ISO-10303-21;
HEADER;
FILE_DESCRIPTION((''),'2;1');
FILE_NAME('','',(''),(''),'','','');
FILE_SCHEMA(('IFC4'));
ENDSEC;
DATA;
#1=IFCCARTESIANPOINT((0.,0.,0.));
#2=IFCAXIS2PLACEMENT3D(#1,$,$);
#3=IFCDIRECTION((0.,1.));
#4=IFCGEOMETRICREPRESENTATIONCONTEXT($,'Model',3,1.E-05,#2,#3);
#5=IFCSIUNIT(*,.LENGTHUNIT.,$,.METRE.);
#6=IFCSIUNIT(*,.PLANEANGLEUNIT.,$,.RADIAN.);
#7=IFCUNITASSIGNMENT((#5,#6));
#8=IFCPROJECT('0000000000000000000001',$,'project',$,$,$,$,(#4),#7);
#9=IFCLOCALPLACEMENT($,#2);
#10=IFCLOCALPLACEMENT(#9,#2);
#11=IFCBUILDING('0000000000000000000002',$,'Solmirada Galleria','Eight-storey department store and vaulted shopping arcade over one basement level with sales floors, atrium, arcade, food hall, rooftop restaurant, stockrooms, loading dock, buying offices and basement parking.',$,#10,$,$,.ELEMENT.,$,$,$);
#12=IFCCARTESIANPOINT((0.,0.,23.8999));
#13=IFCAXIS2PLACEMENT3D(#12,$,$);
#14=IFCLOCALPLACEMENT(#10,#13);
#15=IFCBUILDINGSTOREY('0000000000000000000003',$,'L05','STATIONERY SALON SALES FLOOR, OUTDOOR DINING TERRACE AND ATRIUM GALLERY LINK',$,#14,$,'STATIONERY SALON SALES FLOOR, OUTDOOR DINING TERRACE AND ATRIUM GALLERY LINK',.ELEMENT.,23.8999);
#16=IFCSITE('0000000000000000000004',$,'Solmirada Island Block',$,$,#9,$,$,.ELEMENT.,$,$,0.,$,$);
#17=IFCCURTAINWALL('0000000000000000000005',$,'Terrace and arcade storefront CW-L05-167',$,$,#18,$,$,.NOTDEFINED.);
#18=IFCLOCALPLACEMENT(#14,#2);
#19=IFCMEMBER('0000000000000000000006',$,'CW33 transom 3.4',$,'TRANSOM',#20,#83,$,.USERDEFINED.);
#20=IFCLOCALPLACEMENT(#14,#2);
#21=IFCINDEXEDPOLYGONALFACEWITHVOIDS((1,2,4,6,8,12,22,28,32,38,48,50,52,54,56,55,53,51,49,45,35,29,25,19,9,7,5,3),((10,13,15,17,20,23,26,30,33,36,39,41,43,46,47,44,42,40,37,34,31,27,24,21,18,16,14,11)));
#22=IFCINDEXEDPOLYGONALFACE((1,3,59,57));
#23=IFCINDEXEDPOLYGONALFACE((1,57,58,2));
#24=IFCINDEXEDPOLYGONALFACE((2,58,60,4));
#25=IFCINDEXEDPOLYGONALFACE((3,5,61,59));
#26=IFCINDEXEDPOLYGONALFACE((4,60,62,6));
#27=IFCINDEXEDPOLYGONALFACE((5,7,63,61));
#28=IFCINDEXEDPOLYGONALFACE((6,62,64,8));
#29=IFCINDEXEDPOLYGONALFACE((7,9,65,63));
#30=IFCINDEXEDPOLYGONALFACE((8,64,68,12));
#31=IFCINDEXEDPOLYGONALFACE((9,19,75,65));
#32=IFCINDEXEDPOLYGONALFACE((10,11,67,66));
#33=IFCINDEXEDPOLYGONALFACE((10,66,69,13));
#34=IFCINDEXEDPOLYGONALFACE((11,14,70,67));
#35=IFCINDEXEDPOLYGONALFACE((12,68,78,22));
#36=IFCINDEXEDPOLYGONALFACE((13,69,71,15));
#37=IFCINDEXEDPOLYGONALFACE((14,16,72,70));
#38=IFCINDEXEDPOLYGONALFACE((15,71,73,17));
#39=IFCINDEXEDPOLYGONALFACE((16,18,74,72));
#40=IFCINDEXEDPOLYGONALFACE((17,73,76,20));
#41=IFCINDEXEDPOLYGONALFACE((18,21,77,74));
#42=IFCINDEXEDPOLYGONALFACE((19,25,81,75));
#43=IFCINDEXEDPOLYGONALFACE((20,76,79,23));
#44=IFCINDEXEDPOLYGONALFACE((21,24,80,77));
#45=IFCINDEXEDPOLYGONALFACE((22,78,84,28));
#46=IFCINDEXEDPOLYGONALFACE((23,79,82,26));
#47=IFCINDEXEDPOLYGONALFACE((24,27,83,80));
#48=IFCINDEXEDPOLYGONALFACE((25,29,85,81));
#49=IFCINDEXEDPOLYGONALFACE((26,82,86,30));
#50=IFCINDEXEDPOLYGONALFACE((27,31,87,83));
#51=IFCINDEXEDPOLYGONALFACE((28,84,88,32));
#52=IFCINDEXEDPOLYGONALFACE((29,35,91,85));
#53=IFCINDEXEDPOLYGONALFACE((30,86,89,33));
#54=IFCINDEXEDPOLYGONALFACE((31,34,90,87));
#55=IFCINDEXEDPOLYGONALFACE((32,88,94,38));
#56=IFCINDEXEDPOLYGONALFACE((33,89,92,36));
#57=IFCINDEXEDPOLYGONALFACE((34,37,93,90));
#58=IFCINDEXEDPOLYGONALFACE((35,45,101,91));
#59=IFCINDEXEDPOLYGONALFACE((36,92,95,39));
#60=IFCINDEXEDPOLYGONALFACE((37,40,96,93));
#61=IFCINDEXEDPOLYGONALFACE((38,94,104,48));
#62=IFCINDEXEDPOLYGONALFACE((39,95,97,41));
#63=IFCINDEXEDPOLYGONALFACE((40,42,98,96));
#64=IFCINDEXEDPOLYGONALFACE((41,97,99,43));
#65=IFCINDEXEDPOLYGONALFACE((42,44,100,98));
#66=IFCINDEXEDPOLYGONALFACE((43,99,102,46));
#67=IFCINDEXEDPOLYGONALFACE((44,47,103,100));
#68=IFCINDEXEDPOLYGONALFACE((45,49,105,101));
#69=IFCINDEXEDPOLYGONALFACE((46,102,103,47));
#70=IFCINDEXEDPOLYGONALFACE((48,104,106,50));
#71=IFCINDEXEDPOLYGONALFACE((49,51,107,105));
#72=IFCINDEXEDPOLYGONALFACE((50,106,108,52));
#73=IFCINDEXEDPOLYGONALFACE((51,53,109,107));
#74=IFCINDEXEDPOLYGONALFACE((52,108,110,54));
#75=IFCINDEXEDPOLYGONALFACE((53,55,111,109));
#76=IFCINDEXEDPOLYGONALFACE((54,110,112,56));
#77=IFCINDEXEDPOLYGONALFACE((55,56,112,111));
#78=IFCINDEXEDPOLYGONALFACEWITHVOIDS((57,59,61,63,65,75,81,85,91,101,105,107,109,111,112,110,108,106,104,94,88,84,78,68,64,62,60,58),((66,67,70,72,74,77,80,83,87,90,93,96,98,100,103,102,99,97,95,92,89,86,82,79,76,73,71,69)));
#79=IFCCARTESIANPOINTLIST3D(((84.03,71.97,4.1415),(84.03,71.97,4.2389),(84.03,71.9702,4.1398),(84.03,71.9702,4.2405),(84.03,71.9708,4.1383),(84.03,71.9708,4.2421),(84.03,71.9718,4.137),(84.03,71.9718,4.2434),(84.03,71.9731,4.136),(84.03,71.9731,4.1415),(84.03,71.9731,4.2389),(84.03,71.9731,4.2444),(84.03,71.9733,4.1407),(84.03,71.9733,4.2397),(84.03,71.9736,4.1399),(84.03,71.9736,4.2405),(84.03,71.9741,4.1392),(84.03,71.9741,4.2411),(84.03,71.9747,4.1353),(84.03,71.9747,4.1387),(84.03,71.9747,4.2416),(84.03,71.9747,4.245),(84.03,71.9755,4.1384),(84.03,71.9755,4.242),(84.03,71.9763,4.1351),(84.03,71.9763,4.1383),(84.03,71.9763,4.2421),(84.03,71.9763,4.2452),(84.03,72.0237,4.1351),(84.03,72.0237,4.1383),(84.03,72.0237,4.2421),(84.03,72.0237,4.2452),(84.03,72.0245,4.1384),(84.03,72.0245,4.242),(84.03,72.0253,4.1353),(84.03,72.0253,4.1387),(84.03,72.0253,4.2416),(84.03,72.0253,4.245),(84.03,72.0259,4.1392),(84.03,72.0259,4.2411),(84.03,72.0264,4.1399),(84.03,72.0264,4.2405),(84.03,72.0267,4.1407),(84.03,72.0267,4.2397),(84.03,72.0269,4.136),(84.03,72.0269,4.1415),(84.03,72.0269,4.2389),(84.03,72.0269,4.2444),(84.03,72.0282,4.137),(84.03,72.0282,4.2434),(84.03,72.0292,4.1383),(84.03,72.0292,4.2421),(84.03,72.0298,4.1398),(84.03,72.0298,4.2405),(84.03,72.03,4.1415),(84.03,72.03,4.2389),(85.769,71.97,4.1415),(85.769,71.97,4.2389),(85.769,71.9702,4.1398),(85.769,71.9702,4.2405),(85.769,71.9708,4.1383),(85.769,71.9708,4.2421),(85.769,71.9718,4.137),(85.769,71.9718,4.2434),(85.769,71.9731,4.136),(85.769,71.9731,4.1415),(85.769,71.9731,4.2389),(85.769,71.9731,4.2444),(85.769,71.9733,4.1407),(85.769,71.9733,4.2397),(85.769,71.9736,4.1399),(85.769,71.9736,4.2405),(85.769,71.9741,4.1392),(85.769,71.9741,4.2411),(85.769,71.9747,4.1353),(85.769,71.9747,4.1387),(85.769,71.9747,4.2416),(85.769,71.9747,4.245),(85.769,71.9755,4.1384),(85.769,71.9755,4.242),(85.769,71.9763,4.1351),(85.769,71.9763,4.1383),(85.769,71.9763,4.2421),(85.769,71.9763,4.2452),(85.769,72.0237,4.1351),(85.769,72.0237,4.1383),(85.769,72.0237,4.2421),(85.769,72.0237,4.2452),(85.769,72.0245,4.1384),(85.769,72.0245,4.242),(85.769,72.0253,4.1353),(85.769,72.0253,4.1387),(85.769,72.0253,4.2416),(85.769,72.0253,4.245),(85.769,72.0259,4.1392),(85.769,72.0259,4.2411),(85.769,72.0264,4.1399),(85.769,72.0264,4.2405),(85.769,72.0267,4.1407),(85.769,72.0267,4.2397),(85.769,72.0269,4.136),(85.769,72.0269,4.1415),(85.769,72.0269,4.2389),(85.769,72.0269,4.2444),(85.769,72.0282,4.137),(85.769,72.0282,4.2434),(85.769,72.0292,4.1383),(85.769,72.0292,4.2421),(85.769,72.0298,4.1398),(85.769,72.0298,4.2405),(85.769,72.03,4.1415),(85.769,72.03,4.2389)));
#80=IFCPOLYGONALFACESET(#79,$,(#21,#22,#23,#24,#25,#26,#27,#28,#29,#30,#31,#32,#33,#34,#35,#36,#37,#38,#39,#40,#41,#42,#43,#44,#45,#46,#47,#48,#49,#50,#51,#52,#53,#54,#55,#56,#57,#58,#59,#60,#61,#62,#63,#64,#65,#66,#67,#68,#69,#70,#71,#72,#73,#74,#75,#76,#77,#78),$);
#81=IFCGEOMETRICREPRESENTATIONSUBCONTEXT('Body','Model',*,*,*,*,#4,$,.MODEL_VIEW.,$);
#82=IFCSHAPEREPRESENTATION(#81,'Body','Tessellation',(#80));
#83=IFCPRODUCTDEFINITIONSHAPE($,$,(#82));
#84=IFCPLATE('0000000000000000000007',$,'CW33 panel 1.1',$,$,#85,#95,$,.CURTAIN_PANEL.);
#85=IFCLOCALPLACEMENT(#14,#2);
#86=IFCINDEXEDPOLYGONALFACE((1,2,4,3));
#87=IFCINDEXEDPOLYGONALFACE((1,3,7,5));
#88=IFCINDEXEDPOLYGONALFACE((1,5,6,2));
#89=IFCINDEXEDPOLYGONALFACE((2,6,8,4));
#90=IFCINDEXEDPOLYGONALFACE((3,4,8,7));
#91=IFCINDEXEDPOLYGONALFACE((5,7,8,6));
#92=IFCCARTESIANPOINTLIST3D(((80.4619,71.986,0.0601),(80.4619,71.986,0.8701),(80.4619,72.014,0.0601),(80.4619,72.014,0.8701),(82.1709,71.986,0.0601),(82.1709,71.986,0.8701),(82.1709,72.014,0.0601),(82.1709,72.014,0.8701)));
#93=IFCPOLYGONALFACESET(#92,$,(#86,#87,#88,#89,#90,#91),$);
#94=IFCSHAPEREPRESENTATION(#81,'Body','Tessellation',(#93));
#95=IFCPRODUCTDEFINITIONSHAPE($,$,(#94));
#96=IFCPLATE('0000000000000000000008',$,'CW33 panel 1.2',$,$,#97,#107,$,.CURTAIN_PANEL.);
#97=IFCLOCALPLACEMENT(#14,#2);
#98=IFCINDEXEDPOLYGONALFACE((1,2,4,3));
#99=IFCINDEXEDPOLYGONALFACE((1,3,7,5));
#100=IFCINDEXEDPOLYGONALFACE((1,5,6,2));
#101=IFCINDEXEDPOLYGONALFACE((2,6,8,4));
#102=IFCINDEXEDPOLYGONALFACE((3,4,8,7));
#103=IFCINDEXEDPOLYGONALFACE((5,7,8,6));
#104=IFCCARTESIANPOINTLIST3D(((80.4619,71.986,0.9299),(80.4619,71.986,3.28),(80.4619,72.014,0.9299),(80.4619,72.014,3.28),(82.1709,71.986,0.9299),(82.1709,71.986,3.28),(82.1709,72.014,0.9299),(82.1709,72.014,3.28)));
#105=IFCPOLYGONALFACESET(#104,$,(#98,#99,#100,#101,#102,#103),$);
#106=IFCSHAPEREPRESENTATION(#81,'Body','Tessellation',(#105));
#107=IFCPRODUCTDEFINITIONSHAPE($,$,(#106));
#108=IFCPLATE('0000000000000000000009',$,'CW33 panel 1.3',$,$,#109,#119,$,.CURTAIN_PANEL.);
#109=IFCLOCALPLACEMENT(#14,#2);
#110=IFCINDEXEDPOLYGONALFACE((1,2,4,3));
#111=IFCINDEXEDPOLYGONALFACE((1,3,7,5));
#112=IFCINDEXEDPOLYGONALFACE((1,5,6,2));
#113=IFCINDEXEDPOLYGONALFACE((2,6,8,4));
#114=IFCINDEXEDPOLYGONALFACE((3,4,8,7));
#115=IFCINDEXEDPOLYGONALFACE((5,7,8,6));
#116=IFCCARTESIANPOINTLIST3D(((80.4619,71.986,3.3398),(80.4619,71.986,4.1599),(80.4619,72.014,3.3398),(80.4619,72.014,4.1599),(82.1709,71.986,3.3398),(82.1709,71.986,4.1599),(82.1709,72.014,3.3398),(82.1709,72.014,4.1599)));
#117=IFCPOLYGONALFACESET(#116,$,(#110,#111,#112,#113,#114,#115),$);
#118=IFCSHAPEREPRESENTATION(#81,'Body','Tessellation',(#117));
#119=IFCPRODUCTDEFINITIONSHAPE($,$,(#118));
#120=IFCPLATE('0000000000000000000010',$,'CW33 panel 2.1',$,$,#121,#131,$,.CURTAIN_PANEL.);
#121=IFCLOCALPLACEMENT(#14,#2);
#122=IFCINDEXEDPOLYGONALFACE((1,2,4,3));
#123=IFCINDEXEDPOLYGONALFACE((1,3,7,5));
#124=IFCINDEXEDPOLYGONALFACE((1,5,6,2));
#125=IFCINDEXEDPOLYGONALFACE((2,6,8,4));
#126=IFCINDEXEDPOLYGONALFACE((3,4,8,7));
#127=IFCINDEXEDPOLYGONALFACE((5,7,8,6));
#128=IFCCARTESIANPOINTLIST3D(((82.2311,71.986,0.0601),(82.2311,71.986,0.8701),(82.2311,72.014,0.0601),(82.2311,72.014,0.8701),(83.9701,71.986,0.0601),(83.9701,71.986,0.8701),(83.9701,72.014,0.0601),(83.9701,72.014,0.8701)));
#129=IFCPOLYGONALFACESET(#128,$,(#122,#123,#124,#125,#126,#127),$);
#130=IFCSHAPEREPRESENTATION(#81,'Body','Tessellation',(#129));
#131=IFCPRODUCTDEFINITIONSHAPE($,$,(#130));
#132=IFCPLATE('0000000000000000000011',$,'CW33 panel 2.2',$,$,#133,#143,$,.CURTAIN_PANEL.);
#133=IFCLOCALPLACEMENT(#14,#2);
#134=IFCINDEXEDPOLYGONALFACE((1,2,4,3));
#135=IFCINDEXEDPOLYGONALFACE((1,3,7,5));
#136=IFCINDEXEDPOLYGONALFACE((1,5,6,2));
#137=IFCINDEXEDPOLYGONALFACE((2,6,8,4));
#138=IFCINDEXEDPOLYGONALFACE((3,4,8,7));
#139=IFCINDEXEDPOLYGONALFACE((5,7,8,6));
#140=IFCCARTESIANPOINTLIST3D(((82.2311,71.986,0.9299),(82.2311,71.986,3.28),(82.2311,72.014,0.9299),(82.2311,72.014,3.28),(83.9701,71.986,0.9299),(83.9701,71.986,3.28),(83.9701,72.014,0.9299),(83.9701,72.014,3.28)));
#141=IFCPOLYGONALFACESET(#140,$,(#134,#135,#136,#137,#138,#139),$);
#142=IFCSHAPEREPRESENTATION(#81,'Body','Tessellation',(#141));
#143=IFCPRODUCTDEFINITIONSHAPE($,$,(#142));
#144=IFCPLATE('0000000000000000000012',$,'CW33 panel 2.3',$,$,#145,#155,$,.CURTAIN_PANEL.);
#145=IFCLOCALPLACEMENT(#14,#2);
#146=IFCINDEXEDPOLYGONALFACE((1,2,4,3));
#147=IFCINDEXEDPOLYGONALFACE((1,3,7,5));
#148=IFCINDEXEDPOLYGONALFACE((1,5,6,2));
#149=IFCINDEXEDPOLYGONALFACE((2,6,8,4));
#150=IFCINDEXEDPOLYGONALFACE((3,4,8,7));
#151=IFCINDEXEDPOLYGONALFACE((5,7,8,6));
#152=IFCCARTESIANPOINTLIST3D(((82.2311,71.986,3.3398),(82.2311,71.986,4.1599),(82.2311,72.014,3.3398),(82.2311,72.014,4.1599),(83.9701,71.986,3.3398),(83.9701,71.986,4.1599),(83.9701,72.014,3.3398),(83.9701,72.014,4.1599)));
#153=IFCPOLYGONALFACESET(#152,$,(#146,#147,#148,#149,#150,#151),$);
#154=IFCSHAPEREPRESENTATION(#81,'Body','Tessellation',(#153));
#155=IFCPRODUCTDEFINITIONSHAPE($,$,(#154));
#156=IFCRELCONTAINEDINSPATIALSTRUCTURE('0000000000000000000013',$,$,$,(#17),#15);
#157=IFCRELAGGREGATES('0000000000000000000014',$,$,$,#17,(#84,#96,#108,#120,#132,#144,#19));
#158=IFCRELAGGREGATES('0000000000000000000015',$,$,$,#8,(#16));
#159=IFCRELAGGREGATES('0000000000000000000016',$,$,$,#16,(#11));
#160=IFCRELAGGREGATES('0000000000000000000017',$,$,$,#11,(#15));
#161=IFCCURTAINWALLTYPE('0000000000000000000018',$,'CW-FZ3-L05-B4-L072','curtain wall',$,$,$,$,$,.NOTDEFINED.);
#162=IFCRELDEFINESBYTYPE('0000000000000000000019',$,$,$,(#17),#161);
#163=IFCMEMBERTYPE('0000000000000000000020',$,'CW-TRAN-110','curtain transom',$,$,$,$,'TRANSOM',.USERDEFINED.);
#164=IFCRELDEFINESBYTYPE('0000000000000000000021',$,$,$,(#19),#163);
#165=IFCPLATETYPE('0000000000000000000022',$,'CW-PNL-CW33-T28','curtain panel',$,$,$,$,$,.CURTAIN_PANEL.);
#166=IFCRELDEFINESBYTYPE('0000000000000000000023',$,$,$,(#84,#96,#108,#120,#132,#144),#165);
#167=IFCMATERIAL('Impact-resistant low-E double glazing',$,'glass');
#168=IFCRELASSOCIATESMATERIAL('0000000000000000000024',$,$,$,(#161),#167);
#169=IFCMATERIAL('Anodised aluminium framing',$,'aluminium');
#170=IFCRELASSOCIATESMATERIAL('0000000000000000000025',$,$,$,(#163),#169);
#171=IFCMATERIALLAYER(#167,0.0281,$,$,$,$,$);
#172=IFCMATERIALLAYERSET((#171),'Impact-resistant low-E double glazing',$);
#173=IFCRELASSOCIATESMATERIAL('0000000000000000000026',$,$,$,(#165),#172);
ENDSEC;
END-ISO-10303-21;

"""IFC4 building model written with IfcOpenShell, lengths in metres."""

from ifc_helpers import new_model, si_unit, direction, frame, origin, origin_2d, place, context, subcontext, project, spatial, rectangle, hollow_rectangle, extrude, material, layer, layer_set, material_profile, profile_set, type_object, element, aggregate, save


model = new_model("IFC4")

# Units and contexts
model_context = context("Model", 3, precision=1e-05, world=origin(), true_north=direction((0.0, 1.0)))
body_context = subcontext(model_context, "Body", "Model", "MODEL_VIEW")
ifc_project = project(units=[si_unit("LENGTHUNIT", "METRE"), si_unit("PLANEANGLEUNIT", "RADIAN")], contexts=[model_context])

# Site, building, storey
site_placement = place(None, origin())
site = spatial("IfcSite", under=ifc_project, at=site_placement, Name="Solmirada Island Block", CompositionType="ELEMENT", RefElevation=0.0)
building_placement = place(site_placement, origin())
building = spatial("IfcBuilding", under=site, at=building_placement, Name="Solmirada Galleria", Description="Eight-storey department store and vaulted shopping arcade over one basement level with sales floors, atrium, arcade, food hall, rooftop restaurant, stockrooms, loading dock, buying offices and basement parking.", CompositionType="ELEMENT")
storey_placement = place(building_placement, frame((0.0, 0.0, 23.8999)))
storey = spatial("IfcBuildingStorey", under=building, at=storey_placement, Name="L05", Description="STATIONERY SALON SALES FLOOR, OUTDOOR DINING TERRACE AND ATRIUM GALLERY LINK", LongName="STATIONERY SALON SALES FLOOR, OUTDOOR DINING TERRACE AND ATRIUM GALLERY LINK", CompositionType="ELEMENT", Elevation=23.8999)

# Curtain wall, member, plates
ifc_material_1 = material(Name="Impact-resistant low-E double glazing", Category="glass")
curtain_wall_type = type_object("IfcCurtainWallType", Name="CW-FZ3-L05-B4-L072", Description="curtain wall", PredefinedType="NOTDEFINED", material=ifc_material_1)
curtain_wall_placement = place(storey_placement, origin())
curtain_wall = element("IfcCurtainWall", 1, at=curtain_wall_placement, inside=storey, type_object=curtain_wall_type, Name="Terrace and arcade storefront CW-L05-167", PredefinedType="NOTDEFINED")
ifc_material_2 = material(Name="Anodised aluminium framing", Category="aluminium")
ifc_material_profile_1 = material_profile(ifc_material_2, hollow_rectangle(XDim=0.0601, YDim=0.1101, WallThickness=0.0032, InnerFilletRadius=0.0032, OuterFilletRadius=0.0063, at=origin_2d()), Name="ALU-TRAN-110X60")
ifc_profile_set_1 = profile_set([ifc_material_profile_1], Name="Anodised aluminium framing")
member_type_1 = type_object("IfcMemberType", Name="CW-TRAN-110", Description="curtain transom", ElementType="TRANSOM", PredefinedType="USERDEFINED", material=ifc_profile_set_1)
member_1_placement = place(storey_placement, frame((84.03, 72.0, 4.1902), z_axis=(1.0, 0.0, 0.0), x_axis=(0.0, 1.0, 0.0)))
member_1 = element("IfcMember", 2, at=member_1_placement, type_object=member_type_1, Name="CW33 transom 3.4", ObjectType="TRANSOM", PredefinedType="USERDEFINED", context=body_context, shape_type="SweptSolid", body=[
    extrude(hollow_rectangle(XDim=0.0601, YDim=0.1101, WallThickness=0.0032, InnerFilletRadius=0.0032, OuterFilletRadius=0.0063, at=origin_2d()), origin(), (0.0, 0.0, 1.0), 1.739),
])
ifc_layer = layer(ifc_material_1, 0.0281)
ifc_layer_set = layer_set([ifc_layer], Name="Impact-resistant low-E double glazing")
plate_type = type_object("IfcPlateType", Name="CW-PNL-CW33-T28", Description="curtain panel", PredefinedType="CURTAIN_PANEL", material=ifc_layer_set)
plate_1_placement = place(storey_placement, frame((81.3164, 72.0, 0.0601), z_axis=(0.0, 0.0, 1.0), x_axis=(1.0, 0.0, 0.0)))
plate_1 = element("IfcPlate", 3, at=plate_1_placement, type_object=plate_type, Name="CW33 panel 1.1", PredefinedType="CURTAIN_PANEL", context=body_context, shape_type="SweptSolid", body=[
    extrude(rectangle(XDim=1.709, YDim=0.0281, at=origin_2d()), origin(), (0.0, 0.0, 1.0), 0.8101),
])
plate_2_placement = place(storey_placement, frame((81.3164, 72.0, 0.9299), z_axis=(0.0, 0.0, 1.0), x_axis=(1.0, 0.0, 0.0)))
plate_2 = element("IfcPlate", 4, at=plate_2_placement, type_object=plate_type, Name="CW33 panel 1.2", PredefinedType="CURTAIN_PANEL", context=body_context, shape_type="SweptSolid", body=[
    extrude(rectangle(XDim=1.709, YDim=0.0281, at=origin_2d()), origin(), (0.0, 0.0, 1.0), 2.3501),
])
plate_3_placement = place(storey_placement, frame((81.3164, 72.0, 3.3398), z_axis=(0.0, 0.0, 1.0), x_axis=(1.0, 0.0, 0.0)))
plate_3 = element("IfcPlate", 5, at=plate_3_placement, type_object=plate_type, Name="CW33 panel 1.3", PredefinedType="CURTAIN_PANEL", context=body_context, shape_type="SweptSolid", body=[
    extrude(rectangle(XDim=1.709, YDim=0.0281, at=origin_2d()), origin(), (0.0, 0.0, 1.0), 0.8201),
])
plate_4_placement = place(storey_placement, frame((83.1006, 72.0, 0.0601), z_axis=(0.0, 0.0, 1.0), x_axis=(1.0, 0.0, 0.0)))
plate_4 = element("IfcPlate", 6, at=plate_4_placement, type_object=plate_type, Name="CW33 panel 2.1", PredefinedType="CURTAIN_PANEL", context=body_context, shape_type="SweptSolid", body=[
    extrude(rectangle(XDim=1.739, YDim=0.0281, at=origin_2d()), origin(), (0.0, 0.0, 1.0), 0.8101),
])
plate_5_placement = place(storey_placement, frame((83.1006, 72.0, 0.9299), z_axis=(0.0, 0.0, 1.0), x_axis=(1.0, 0.0, 0.0)))
plate_5 = element("IfcPlate", 7, at=plate_5_placement, type_object=plate_type, Name="CW33 panel 2.2", PredefinedType="CURTAIN_PANEL", context=body_context, shape_type="SweptSolid", body=[
    extrude(rectangle(XDim=1.739, YDim=0.0281, at=origin_2d()), origin(), (0.0, 0.0, 1.0), 2.3501),
])
plate_6_placement = place(storey_placement, frame((83.1006, 72.0, 3.3398), z_axis=(0.0, 0.0, 1.0), x_axis=(1.0, 0.0, 0.0)))
plate_6 = element("IfcPlate", 8, at=plate_6_placement, type_object=plate_type, Name="CW33 panel 2.3", PredefinedType="CURTAIN_PANEL", context=body_context, shape_type="SweptSolid", body=[
    extrude(rectangle(XDim=1.739, YDim=0.0281, at=origin_2d()), origin(), (0.0, 0.0, 1.0), 0.8201),
])
aggregate(curtain_wall, [plate_1, plate_2, plate_3, plate_4, plate_5, plate_6, member_1])

save(model, "model.ifc")
